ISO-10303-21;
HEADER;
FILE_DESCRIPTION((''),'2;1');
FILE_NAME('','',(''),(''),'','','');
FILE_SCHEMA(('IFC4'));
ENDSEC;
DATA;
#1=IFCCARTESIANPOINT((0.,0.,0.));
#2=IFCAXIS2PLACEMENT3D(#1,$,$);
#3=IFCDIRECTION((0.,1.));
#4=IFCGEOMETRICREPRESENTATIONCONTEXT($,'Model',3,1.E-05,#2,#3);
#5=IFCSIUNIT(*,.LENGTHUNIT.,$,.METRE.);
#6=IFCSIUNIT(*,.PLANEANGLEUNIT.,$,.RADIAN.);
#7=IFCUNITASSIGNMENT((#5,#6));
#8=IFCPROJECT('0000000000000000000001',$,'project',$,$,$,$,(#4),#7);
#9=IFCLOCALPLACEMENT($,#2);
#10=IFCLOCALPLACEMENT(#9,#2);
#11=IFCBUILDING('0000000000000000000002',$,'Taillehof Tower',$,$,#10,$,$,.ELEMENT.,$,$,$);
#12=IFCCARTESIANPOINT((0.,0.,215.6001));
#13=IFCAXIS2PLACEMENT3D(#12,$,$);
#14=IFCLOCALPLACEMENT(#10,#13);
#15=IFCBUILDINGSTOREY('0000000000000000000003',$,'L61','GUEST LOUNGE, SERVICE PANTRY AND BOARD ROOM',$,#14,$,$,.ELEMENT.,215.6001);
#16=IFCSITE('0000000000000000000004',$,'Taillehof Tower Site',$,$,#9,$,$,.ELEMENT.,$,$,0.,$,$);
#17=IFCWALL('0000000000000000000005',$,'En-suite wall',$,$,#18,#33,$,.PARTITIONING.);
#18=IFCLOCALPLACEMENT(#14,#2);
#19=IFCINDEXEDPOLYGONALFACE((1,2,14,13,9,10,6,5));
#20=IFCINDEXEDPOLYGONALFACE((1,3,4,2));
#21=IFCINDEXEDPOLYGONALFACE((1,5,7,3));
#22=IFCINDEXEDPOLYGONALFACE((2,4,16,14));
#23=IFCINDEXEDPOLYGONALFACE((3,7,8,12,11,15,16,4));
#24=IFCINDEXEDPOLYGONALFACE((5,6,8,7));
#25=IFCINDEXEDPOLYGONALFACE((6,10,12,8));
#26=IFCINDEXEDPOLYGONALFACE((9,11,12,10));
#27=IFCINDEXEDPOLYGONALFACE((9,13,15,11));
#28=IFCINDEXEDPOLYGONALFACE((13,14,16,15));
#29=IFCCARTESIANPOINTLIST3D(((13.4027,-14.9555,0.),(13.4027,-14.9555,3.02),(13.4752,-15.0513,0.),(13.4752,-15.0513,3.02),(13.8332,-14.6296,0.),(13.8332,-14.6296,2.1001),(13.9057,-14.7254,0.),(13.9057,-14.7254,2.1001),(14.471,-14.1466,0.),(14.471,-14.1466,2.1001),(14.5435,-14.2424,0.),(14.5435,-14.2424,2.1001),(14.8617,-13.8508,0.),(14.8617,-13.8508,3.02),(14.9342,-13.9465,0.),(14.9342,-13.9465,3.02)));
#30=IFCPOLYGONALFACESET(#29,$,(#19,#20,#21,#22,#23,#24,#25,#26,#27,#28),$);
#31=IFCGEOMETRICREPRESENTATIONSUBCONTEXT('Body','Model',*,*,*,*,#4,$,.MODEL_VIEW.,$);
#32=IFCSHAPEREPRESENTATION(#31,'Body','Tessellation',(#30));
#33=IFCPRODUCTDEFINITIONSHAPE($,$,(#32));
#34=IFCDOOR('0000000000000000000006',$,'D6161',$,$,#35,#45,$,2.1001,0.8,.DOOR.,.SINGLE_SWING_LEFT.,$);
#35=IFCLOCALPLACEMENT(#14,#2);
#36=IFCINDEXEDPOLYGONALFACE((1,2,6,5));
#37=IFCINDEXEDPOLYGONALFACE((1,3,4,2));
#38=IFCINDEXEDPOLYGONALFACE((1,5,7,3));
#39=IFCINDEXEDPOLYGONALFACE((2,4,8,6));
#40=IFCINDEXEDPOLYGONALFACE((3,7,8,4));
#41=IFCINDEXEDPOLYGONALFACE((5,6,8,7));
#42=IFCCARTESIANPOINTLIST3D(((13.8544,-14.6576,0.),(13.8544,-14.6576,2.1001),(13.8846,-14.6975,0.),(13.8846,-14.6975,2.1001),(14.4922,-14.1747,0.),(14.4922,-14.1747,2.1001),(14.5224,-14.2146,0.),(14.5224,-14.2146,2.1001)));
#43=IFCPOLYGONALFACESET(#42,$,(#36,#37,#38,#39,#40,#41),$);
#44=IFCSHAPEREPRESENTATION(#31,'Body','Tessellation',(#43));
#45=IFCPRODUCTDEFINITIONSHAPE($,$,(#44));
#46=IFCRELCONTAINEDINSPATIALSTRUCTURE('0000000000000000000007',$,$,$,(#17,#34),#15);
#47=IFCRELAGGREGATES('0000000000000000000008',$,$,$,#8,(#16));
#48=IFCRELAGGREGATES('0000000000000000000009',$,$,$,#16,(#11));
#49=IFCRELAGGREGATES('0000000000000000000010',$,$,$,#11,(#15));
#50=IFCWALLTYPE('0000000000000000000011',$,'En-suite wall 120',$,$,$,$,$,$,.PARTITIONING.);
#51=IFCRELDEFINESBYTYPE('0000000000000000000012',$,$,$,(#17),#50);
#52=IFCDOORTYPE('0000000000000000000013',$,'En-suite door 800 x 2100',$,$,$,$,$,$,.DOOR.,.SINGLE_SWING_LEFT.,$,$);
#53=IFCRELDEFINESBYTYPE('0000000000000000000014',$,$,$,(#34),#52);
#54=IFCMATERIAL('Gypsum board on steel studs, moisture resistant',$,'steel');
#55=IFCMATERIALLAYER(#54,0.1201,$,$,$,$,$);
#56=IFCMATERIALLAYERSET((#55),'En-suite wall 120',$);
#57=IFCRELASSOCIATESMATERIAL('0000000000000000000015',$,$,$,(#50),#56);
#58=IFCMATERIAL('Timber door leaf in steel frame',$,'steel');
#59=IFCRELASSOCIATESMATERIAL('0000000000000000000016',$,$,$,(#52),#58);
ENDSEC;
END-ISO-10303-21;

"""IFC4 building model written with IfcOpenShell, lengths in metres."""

from ifc_helpers import new_model, si_unit, direction, frame, frame_2d, origin, place, context, subcontext, project, spatial, rectangle, extrude, material, layer, layer_set, type_object, element, fill, save


model = new_model("IFC4")

# Units and contexts
model_context = context("Model", 3, precision=1e-05, world=origin(), true_north=direction((0.0, 1.0)))
body_context = subcontext(model_context, "Body", "Model", "MODEL_VIEW")
ifc_project = project(units=[si_unit("LENGTHUNIT", "METRE"), si_unit("PLANEANGLEUNIT", "RADIAN")], contexts=[model_context])

# Site, building, storey
site_placement = place(None, origin())
site = spatial("IfcSite", under=ifc_project, at=site_placement, Name="Taillehof Tower Site", CompositionType="ELEMENT", RefElevation=0.0)
building_placement = place(site_placement, origin())
building = spatial("IfcBuilding", under=site, at=building_placement, Name="Taillehof Tower", CompositionType="ELEMENT")
storey_placement = place(building_placement, frame((0.0, 0.0, 215.6001)))
storey = spatial("IfcBuildingStorey", under=building, at=storey_placement, Name="L61", Description="GUEST LOUNGE, SERVICE PANTRY AND BOARD ROOM", CompositionType="ELEMENT", Elevation=215.6001)

# Shared definitions
ifc_material_1 = material(Name="Gypsum board on steel studs, moisture resistant", Category="steel")
ifc_layer_1 = layer(ifc_material_1, 0.1201)
ifc_layer_set_1 = layer_set([ifc_layer_1], Name="En-suite wall 120")
wall_type_1 = type_object("IfcWallType", Name="En-suite wall 120", PredefinedType="PARTITIONING", material=ifc_layer_set_1)

# Wall, opening, door
wall_1_placement = place(storey_placement, frame((13.439, -15.0034, 0.0), z_axis=(0.0, 0.0, 1.0), x_axis=(0.797238, 0.603665, 0.0)))
wall_1 = element("IfcWall", 1, at=wall_1_placement, inside=storey, type_object=wall_type_1, Name="En-suite wall", PredefinedType="PARTITIONING", context=body_context, shape_type="SweptSolid", body=[
    extrude(rectangle(XDim=1.8301, YDim=0.1201, at=frame_2d((0.915, 0.0))), origin(), (0.0, 0.0, 1.0), 3.02),
])
opening_1_placement = place(wall_1_placement, frame((0.54, 0.0, 0.0)))
opening_1 = element("IfcOpeningElement", 2, at=opening_1_placement, cuts=wall_1, PredefinedType="OPENING", context=body_context, shape_type="SweptSolid", body=[
    extrude(rectangle(XDim=0.8, YDim=2.1001, at=frame_2d((0.3999, 1.05))), frame((0.0, 0.0701, 0.0), z_axis=(0.0, -1.0, 0.0), x_axis=(1.0, 0.0, 0.0)), (0.0, 0.0, 1.0), 0.1401),
])
ifc_material_2 = material(Name="Timber door leaf in steel frame", Category="steel")
door_type_1 = type_object("IfcDoorType", Name="En-suite door 800 x 2100", OperationType="SINGLE_SWING_LEFT", PredefinedType="DOOR", material=ifc_material_2)
door_1_placement = place(opening_1_placement, origin())
door_1 = element("IfcDoor", 3, at=door_1_placement, inside=storey, type_object=door_type_1, Name="D6161", OperationType="SINGLE_SWING_LEFT", OverallHeight=2.1001, OverallWidth=0.8, PredefinedType="DOOR", context=body_context, shape_type="SweptSolid", body=[
    extrude(rectangle(XDim=0.8, YDim=2.1001, at=frame_2d((0.3999, 1.05))), frame((0.0, 0.0249, 0.0), z_axis=(0.0, -1.0, 0.0), x_axis=(1.0, 0.0, 0.0)), (0.0, 0.0, 1.0), 0.05),
])
fill(opening_1, door_1)

save(model, "model.ifc")
